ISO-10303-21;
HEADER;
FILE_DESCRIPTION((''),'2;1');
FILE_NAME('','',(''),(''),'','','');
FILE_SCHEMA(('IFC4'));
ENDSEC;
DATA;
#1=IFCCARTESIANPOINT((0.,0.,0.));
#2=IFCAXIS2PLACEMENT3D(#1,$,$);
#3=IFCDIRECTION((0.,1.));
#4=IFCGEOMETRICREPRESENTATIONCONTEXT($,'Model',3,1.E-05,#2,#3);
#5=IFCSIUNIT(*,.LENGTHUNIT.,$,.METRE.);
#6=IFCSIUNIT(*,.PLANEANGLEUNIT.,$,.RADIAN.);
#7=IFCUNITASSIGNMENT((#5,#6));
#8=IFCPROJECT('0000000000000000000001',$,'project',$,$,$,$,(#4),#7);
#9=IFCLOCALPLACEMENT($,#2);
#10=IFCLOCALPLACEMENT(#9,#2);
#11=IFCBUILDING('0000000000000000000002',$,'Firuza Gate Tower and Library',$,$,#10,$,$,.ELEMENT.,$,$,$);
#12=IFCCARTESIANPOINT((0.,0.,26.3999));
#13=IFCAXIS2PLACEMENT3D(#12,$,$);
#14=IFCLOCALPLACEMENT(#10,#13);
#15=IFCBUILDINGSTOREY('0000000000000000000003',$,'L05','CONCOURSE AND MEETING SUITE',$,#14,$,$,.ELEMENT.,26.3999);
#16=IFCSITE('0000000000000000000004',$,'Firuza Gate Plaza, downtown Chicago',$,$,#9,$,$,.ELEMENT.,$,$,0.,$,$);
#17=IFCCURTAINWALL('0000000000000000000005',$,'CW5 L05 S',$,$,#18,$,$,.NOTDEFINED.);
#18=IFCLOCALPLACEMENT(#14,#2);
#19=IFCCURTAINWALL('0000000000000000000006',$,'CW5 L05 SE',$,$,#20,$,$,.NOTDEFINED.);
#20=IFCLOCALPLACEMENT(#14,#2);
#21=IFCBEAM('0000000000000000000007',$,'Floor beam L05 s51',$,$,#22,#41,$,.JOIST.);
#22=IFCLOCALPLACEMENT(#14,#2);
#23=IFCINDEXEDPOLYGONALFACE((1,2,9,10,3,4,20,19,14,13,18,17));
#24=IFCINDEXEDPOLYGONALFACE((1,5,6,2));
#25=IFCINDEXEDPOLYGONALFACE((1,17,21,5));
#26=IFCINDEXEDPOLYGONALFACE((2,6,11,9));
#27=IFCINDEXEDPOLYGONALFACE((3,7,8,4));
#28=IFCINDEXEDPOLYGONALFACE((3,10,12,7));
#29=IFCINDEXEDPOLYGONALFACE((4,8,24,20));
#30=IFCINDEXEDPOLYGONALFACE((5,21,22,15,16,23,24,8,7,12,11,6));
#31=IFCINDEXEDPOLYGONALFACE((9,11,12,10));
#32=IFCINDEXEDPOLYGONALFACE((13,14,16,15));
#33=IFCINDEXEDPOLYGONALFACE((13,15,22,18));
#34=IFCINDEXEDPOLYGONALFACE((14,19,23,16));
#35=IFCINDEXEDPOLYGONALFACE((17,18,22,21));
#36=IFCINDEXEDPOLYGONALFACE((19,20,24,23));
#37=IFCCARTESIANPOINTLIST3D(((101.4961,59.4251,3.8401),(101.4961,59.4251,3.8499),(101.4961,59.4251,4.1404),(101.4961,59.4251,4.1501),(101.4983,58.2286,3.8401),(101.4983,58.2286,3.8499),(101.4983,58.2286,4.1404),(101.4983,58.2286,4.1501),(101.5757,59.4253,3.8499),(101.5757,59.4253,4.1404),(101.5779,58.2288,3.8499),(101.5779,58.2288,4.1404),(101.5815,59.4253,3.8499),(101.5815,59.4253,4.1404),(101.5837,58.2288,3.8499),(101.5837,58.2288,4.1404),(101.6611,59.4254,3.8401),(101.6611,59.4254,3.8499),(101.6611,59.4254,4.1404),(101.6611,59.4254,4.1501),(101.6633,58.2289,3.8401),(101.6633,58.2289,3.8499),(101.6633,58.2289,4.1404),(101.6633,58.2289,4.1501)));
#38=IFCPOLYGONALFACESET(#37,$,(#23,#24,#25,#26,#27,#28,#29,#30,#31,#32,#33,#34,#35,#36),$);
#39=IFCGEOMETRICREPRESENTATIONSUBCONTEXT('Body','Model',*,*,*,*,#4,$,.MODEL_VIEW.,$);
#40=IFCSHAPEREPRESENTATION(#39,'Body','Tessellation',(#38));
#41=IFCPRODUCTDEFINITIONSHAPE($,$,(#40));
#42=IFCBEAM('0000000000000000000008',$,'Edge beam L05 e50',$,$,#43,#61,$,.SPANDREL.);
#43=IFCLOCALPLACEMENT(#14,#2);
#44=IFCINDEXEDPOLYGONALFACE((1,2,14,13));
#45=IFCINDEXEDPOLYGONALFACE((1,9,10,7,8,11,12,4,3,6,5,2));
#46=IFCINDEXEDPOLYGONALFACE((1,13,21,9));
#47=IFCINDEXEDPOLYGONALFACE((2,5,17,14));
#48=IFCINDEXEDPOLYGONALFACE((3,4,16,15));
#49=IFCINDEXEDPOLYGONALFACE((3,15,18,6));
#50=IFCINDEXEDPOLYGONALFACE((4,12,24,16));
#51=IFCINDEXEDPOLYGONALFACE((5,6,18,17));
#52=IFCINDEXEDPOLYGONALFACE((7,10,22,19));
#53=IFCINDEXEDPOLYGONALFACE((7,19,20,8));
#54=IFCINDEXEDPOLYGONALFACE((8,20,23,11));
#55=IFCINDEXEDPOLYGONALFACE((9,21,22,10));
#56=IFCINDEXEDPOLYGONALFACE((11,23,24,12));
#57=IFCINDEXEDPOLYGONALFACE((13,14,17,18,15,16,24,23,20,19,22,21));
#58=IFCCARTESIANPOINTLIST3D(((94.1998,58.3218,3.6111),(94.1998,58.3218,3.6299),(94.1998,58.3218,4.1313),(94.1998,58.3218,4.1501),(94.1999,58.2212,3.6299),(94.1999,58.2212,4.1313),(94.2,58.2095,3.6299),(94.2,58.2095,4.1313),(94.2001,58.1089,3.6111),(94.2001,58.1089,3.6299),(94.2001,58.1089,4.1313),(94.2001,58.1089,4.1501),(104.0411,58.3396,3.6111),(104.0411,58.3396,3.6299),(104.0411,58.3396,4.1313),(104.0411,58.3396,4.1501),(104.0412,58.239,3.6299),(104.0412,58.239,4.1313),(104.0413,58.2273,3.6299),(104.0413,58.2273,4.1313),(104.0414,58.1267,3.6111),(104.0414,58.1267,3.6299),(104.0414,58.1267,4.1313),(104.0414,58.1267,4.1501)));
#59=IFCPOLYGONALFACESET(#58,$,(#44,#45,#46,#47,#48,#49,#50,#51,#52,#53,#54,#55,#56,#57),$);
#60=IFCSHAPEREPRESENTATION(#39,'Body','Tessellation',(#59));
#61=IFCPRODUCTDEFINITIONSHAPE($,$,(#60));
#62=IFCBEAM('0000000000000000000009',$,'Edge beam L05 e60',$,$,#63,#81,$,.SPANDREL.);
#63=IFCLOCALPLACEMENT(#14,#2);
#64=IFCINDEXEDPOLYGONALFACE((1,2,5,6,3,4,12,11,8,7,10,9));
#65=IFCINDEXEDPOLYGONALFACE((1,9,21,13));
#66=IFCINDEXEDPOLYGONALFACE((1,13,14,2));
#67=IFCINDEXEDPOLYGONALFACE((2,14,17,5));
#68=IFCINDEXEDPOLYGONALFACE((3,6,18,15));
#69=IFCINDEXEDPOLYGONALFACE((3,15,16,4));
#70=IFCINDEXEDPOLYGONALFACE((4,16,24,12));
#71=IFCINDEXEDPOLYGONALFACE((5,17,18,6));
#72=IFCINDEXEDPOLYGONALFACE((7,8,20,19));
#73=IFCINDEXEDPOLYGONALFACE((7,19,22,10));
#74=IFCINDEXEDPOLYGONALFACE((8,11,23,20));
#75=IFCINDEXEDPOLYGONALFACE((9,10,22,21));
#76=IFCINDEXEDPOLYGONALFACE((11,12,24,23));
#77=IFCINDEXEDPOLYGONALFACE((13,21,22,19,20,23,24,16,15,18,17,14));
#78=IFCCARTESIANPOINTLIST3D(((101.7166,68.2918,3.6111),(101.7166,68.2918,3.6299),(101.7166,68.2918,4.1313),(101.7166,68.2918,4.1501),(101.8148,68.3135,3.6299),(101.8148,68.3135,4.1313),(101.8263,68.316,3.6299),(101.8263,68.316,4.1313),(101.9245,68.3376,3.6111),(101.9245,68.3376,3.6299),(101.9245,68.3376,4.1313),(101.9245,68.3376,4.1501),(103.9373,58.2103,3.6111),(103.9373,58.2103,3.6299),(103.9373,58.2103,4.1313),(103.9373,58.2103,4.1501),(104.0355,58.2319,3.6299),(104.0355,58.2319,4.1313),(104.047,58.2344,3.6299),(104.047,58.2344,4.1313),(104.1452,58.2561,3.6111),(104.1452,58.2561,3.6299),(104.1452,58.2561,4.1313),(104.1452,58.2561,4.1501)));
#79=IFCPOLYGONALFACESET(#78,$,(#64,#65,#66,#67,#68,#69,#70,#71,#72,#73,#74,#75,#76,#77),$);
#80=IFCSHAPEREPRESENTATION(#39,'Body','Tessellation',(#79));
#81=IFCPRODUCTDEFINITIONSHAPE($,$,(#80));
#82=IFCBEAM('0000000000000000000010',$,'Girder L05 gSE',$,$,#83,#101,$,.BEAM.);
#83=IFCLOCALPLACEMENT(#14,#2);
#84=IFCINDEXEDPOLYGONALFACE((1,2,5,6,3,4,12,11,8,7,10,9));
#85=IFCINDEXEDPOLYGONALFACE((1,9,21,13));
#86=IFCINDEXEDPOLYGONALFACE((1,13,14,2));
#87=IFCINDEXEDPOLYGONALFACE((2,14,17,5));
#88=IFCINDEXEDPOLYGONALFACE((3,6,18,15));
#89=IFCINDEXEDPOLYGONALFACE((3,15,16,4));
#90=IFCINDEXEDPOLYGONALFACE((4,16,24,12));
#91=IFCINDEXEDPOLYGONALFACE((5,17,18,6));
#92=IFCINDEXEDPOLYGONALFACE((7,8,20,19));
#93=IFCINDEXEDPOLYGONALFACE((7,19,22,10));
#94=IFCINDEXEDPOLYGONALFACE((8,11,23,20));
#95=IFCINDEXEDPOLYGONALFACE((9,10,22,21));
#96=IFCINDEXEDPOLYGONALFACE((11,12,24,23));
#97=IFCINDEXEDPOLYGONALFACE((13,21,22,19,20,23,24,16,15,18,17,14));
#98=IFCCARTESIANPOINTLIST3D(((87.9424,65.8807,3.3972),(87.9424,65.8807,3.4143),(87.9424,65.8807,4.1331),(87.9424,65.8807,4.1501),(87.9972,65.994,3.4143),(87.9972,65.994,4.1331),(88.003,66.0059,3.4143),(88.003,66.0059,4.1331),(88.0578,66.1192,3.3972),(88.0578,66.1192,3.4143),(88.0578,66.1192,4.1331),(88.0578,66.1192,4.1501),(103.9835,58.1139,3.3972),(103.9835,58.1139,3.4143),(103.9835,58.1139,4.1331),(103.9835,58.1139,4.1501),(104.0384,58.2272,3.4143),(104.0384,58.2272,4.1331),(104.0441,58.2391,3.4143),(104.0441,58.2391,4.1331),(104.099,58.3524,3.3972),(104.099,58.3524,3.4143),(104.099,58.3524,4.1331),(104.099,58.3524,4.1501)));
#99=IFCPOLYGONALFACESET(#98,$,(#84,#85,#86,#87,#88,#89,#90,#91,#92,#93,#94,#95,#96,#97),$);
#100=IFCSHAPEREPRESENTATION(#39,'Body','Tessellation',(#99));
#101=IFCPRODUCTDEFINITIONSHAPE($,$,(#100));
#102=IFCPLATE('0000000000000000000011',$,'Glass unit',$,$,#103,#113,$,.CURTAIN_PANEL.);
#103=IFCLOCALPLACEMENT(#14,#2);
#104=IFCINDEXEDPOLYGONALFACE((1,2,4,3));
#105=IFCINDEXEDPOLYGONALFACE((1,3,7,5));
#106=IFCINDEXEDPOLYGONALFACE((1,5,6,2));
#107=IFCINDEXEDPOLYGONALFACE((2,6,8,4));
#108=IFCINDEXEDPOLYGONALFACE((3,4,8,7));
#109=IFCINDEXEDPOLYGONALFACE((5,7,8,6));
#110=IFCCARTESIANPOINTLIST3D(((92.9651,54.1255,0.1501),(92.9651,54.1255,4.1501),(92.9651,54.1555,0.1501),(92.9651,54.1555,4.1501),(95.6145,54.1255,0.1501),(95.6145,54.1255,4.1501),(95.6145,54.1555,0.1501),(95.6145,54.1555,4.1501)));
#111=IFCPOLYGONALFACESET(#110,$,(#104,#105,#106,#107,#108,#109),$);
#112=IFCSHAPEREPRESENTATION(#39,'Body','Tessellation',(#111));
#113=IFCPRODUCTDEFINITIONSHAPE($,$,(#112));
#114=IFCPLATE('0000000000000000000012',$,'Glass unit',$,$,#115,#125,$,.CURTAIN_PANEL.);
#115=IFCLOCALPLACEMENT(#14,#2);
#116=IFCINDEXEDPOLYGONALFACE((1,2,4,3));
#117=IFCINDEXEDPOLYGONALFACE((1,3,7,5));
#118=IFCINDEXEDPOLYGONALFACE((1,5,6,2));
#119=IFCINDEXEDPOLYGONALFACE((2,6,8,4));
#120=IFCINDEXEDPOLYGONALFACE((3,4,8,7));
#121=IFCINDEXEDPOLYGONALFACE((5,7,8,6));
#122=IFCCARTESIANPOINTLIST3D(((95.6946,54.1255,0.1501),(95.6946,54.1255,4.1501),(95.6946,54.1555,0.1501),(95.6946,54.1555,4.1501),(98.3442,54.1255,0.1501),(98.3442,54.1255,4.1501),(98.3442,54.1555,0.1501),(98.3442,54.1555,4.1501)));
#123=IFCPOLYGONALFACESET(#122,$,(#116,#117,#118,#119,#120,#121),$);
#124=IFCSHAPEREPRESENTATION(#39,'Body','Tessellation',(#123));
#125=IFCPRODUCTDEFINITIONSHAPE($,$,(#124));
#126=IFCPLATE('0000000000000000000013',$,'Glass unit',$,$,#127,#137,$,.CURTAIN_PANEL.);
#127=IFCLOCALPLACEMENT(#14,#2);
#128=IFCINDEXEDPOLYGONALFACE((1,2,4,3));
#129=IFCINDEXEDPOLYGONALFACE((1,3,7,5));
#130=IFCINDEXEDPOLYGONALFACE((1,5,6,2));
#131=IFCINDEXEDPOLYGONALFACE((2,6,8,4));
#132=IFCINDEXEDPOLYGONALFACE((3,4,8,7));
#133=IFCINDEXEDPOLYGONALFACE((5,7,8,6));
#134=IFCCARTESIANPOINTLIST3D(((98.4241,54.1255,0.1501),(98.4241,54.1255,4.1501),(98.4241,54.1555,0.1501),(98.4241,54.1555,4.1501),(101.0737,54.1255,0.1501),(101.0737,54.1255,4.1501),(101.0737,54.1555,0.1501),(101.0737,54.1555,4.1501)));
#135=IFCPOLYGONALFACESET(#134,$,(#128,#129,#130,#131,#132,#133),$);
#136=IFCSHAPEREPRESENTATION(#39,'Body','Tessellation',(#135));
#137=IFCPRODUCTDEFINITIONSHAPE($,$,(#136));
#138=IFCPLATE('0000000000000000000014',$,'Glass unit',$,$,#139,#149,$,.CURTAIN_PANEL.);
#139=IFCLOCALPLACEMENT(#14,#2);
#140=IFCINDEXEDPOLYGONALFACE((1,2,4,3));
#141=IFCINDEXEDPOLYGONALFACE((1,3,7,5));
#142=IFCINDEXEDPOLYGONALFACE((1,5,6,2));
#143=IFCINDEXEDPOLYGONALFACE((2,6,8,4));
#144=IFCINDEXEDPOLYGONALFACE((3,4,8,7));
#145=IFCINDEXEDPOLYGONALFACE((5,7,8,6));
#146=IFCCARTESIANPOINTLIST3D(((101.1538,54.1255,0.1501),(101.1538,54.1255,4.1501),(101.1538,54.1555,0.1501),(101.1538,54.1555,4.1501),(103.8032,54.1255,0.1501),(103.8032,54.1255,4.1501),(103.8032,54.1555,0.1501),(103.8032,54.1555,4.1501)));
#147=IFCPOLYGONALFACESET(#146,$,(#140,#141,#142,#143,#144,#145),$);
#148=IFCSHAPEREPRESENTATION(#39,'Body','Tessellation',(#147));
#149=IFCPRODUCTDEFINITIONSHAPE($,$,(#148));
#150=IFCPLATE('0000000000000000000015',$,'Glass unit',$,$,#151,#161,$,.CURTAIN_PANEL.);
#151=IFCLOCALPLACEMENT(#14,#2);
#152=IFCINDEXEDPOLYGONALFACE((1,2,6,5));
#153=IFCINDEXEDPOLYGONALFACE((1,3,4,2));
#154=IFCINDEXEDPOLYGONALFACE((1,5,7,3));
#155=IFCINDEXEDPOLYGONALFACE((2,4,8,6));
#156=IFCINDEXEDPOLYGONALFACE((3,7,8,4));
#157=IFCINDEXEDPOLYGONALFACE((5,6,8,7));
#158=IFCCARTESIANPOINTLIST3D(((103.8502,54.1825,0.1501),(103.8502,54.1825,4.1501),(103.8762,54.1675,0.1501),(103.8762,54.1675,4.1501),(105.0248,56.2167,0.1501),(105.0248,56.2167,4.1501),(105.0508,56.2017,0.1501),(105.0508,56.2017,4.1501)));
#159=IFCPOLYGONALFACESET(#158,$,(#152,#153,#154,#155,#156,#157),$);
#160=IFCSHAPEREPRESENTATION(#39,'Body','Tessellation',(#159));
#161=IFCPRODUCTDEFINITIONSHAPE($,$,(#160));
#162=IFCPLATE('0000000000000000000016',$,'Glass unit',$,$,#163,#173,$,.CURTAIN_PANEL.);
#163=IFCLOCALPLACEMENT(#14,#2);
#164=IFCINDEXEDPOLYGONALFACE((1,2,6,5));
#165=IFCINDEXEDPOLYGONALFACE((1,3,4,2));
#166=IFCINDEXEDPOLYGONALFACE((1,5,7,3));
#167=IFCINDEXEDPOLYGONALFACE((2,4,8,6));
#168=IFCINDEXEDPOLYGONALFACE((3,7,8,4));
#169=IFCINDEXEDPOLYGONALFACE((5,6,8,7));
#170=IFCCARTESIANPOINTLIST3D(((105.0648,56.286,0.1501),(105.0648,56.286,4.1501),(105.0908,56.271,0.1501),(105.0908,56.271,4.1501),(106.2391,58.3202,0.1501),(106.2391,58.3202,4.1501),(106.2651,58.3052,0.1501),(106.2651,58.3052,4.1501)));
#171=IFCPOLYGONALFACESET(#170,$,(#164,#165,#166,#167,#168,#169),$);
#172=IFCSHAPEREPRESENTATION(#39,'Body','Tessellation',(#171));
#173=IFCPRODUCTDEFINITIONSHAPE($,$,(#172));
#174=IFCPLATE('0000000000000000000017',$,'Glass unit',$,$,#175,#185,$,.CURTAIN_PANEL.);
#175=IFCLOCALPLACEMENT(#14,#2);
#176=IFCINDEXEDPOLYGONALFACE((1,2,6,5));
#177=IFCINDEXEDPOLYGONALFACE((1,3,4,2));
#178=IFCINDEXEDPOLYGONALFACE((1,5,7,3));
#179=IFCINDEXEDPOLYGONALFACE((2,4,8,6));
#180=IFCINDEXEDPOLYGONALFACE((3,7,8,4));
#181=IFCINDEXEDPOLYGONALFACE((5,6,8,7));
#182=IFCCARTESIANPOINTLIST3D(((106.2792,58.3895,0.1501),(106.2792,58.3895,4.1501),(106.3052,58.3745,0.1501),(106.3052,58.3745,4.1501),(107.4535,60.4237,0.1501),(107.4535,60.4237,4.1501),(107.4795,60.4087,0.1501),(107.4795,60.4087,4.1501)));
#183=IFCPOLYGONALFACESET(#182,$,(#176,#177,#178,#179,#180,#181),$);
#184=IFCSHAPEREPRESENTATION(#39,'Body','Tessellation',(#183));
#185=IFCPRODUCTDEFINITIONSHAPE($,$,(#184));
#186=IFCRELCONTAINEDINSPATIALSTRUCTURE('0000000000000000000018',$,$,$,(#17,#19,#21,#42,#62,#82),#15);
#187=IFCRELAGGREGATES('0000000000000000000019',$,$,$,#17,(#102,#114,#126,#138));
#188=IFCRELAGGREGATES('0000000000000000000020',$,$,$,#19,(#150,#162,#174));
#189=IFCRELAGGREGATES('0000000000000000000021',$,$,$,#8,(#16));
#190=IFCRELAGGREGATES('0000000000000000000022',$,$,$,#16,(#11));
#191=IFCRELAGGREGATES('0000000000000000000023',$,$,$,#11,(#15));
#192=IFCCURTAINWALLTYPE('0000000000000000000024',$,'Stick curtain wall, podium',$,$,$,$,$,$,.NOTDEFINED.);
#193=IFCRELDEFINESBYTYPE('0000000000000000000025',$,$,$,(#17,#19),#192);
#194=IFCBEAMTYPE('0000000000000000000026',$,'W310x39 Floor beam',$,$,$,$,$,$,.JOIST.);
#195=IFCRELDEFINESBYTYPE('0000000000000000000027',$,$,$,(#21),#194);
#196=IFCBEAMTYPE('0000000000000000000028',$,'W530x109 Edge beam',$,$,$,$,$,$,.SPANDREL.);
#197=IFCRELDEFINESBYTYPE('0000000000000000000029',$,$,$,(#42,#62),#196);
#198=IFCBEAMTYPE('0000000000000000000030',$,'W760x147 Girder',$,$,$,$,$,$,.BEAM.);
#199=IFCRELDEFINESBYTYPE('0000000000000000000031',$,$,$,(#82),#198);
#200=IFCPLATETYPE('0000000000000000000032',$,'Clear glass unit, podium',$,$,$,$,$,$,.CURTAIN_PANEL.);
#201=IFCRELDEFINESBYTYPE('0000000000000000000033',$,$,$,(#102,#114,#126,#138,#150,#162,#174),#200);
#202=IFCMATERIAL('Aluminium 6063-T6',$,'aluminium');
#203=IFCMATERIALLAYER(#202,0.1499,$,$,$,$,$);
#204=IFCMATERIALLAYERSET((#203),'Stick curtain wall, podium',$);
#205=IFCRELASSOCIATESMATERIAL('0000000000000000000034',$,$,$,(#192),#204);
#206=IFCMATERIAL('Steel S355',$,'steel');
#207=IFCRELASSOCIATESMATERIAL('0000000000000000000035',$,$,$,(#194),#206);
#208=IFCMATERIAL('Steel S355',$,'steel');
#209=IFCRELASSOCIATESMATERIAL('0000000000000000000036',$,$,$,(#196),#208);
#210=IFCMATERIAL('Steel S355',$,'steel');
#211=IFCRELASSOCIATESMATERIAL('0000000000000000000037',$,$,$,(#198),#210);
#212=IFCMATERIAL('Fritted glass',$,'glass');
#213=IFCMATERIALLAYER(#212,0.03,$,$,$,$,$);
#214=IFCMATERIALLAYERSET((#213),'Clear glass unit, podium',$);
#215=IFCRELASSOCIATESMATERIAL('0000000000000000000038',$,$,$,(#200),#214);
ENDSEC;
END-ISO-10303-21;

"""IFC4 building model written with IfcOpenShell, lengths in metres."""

from ifc_helpers import new_model, si_unit, direction, frame, origin, origin_2d, place, context, subcontext, project, spatial, polyline, i_section, outline, extrude, material, layer, layer_set, material_profile, profile_set, type_object, element, aggregate, save


model = new_model("IFC4")

# Units and contexts
model_context = context("Model", 3, precision=1e-05, world=origin(), true_north=direction((0.0, 1.0)))
body_context = subcontext(model_context, "Body", "Model", "MODEL_VIEW")
ifc_project = project(units=[si_unit("LENGTHUNIT", "METRE"), si_unit("PLANEANGLEUNIT", "RADIAN")], contexts=[model_context])

# Site, building, storey
site_placement = place(None, origin())
site = spatial("IfcSite", under=ifc_project, at=site_placement, Name="Firuza Gate Plaza, downtown Chicago", CompositionType="ELEMENT", RefElevation=0.0)
building_placement = place(site_placement, origin())
building = spatial("IfcBuilding", under=site, at=building_placement, Name="Firuza Gate Tower and Library", CompositionType="ELEMENT")
storey_placement = place(building_placement, frame((0.0, 0.0, 26.3999)))
storey = spatial("IfcBuildingStorey", under=building, at=storey_placement, Name="L05", Description="CONCOURSE AND MEETING SUITE", CompositionType="ELEMENT", Elevation=26.3999)

# Curtain walls
ifc_material_1 = material(Name="Aluminium 6063-T6", Category="aluminium")
ifc_layer_1 = layer(ifc_material_1, 0.1499)
ifc_layer_set_1 = layer_set([ifc_layer_1], Name="Stick curtain wall, podium")
curtain_wall_type = type_object("IfcCurtainWallType", Name="Stick curtain wall, podium", PredefinedType="NOTDEFINED", material=ifc_layer_set_1)
placement = place(storey_placement, origin())
curtain_wall_1 = element("IfcCurtainWall", 1, at=placement, inside=storey, type_object=curtain_wall_type, Name="CW5 L05 S", PredefinedType="NOTDEFINED")
curtain_wall_2 = element("IfcCurtainWall", 2, at=placement, inside=storey, type_object=curtain_wall_type, Name="CW5 L05 SE", PredefinedType="NOTDEFINED")

# Beams
ifc_material_2 = material(Name="Steel S355", Category="steel")
ifc_material_profile_1 = material_profile(ifc_material_2, i_section(OverallWidth=0.165, OverallDepth=0.3101, WebThickness=0.0059, FlangeThickness=0.0098, at=origin_2d()))
ifc_profile_set_1 = profile_set([ifc_material_profile_1], Name="Steel S355")
beam_type_1 = type_object("IfcBeamType", Name="W310x39 Floor beam", PredefinedType="JOIST", material=ifc_profile_set_1)
beam_1_placement = place(storey_placement, frame((101.5808, 58.2288, 3.9951), z_axis=(-0.001836, 0.999998, 0.0), x_axis=(-0.999998, -0.001836, 0.0)))
element("IfcBeam", 3, at=beam_1_placement, inside=storey, type_object=beam_type_1, Name="Floor beam L05 s51", PredefinedType="JOIST", context=body_context, shape_type="SweptSolid", body=[
    extrude(i_section(OverallWidth=0.165, OverallDepth=0.3101, WebThickness=0.0059, FlangeThickness=0.0098, at=origin_2d()), origin(), (0.0, 0.0, 1.0), 1.1965),
])
ifc_material_3 = material(Name="Steel S355", Category="steel")
ifc_material_profile_2 = material_profile(ifc_material_3, i_section(OverallWidth=0.2129, OverallDepth=0.5391, WebThickness=0.0117, FlangeThickness=0.0188, at=origin_2d()))
ifc_profile_set_2 = profile_set([ifc_material_profile_2], Name="Steel S355")
beam_type_2 = type_object("IfcBeamType", Name="W530x109 Edge beam", PredefinedType="SPANDREL", material=ifc_profile_set_2)
beam_2_placement = place(storey_placement, frame((94.2, 58.2153, 3.8806), z_axis=(0.999998, 0.001811, 0.0), x_axis=(-0.001811, 0.999998, 0.0)))
element("IfcBeam", 4, at=beam_2_placement, inside=storey, type_object=beam_type_2, Name="Edge beam L05 e50", PredefinedType="SPANDREL", context=body_context, shape_type="SweptSolid", body=[
    extrude(i_section(OverallWidth=0.2129, OverallDepth=0.5391, WebThickness=0.0117, FlangeThickness=0.0188, at=origin_2d()), origin(), (0.0, 0.0, 1.0), 9.8413),
])
beam_3_placement = place(storey_placement, frame((104.0413, 58.2332, 3.8806), z_axis=(-0.215117, 0.976588, 0.0), x_axis=(-0.976588, -0.215117, 0.0)))
element("IfcBeam", 5, at=beam_3_placement, inside=storey, type_object=beam_type_2, Name="Edge beam L05 e60", PredefinedType="SPANDREL", context=body_context, shape_type="SweptSolid", body=[
    extrude(i_section(OverallWidth=0.2129, OverallDepth=0.5391, WebThickness=0.0117, FlangeThickness=0.0188, at=origin_2d()), origin(), (0.0, 0.0, 1.0), 10.3232),
])
ifc_material_4 = material(Name="Steel S355", Category="steel")
ifc_material_profile_3 = material_profile(ifc_material_4, i_section(OverallWidth=0.2649, OverallDepth=0.7529, WebThickness=0.0132, FlangeThickness=0.0171, at=origin_2d()))
ifc_profile_set_3 = profile_set([ifc_material_profile_3], Name="Steel S355")
beam_type_3 = type_object("IfcBeamType", Name="W760x147 Girder", PredefinedType="BEAM", material=ifc_profile_set_3)
beam_4_placement = place(storey_placement, frame((104.0413, 58.2332, 3.7737), z_axis=(-0.90005, 0.435786, 0.0), x_axis=(-0.435786, -0.90005, 0.0)))
element("IfcBeam", 6, at=beam_4_placement, inside=storey, type_object=beam_type_3, Name="Girder L05 gSE", PredefinedType="BEAM", context=body_context, shape_type="SweptSolid", body=[
    extrude(i_section(OverallWidth=0.2649, OverallDepth=0.7529, WebThickness=0.0132, FlangeThickness=0.0171, at=origin_2d()), origin(), (0.0, 0.0, 1.0), 17.8225),
])

# Plates
ifc_material_5 = material(Name="Fritted glass", Category="glass")
ifc_layer_2 = layer(ifc_material_5, 0.03)
ifc_layer_set_2 = layer_set([ifc_layer_2], Name="Clear glass unit, podium")
plate_type = type_object("IfcPlateType", Name="Clear glass unit, podium", PredefinedType="CURTAIN_PANEL", material=ifc_layer_set_2)
plate_1_placement = place(storey_placement, frame((92.9651, 54.1255, 0.1501), z_axis=(0.0, -1.0, 0.0), x_axis=(1.0, 0.0, 0.0)))
plate_1 = element("IfcPlate", 7, at=plate_1_placement, type_object=plate_type, Name="Glass unit", PredefinedType="CURTAIN_PANEL", context=body_context, shape_type="SweptSolid", body=[
    extrude(outline(polyline([(0.0, 0.0), (2.6494, 0.0), (2.6494, 4.0), (0.0, 4.0), (0.0, 0.0)])), origin(), (0.0, 0.0, -1.0), 0.03),
])
plate_2_placement = place(storey_placement, frame((95.6946, 54.1255, 0.1501), z_axis=(0.0, -1.0, 0.0), x_axis=(1.0, 0.0, 0.0)))
plate_2 = element("IfcPlate", 8, at=plate_2_placement, type_object=plate_type, Name="Glass unit", PredefinedType="CURTAIN_PANEL", context=body_context, shape_type="SweptSolid", body=[
    extrude(outline(polyline([(0.0, 0.0), (2.6497, 0.0), (2.6497, 4.0), (0.0, 4.0), (0.0, 0.0)])), origin(), (0.0, 0.0, -1.0), 0.03),
])
plate_3_placement = place(storey_placement, frame((98.4241, 54.1255, 0.1501), z_axis=(0.0, -1.0, 0.0), x_axis=(1.0, 0.0, 0.0)))
plate_3 = element("IfcPlate", 9, at=plate_3_placement, type_object=plate_type, Name="Glass unit", PredefinedType="CURTAIN_PANEL", context=body_context, shape_type="SweptSolid", body=[
    extrude(outline(polyline([(0.0, 0.0), (2.6497, 0.0), (2.6497, 4.0), (0.0, 4.0), (0.0, 0.0)])), origin(), (0.0, 0.0, -1.0), 0.03),
])
plate_4_placement = place(storey_placement, frame((101.1538, 54.1255, 0.1501), z_axis=(0.0, -1.0, 0.0), x_axis=(1.0, 0.0, 0.0)))
plate_4 = element("IfcPlate", 10, at=plate_4_placement, type_object=plate_type, Name="Glass unit", PredefinedType="CURTAIN_PANEL", context=body_context, shape_type="SweptSolid", body=[
    extrude(outline(polyline([(0.0, 0.0), (2.6494, 0.0), (2.6494, 4.0), (0.0, 4.0), (0.0, 0.0)])), origin(), (0.0, 0.0, -1.0), 0.03),
])
aggregate(curtain_wall_1, [plate_1, plate_2, plate_3, plate_4])
plate_5_placement = place(storey_placement, frame((103.8762, 54.1675, 0.1501), z_axis=(0.866002, -0.50004, 0.0), x_axis=(0.50004, 0.866002, 0.0)))
plate_5 = element("IfcPlate", 11, at=plate_5_placement, type_object=plate_type, Name="Glass unit", PredefinedType="CURTAIN_PANEL", context=body_context, shape_type="SweptSolid", body=[
    extrude(outline(polyline([(0.0, 0.0), (2.3489, 0.0), (2.3489, 4.0), (0.0, 4.0), (0.0, 0.0)])), origin(), (0.0, 0.0, -1.0), 0.03),
])
plate_6_placement = place(storey_placement, frame((105.0908, 56.271, 0.1501), z_axis=(0.866047, -0.499962, 0.0), x_axis=(0.499962, 0.866047, 0.0)))
plate_6 = element("IfcPlate", 12, at=plate_6_placement, type_object=plate_type, Name="Glass unit", PredefinedType="CURTAIN_PANEL", context=body_context, shape_type="SweptSolid", body=[
    extrude(outline(polyline([(0.0, 0.0), (2.3488, 0.0), (2.3488, 4.0), (0.0, 4.0), (0.0, 0.0)])), origin(), (0.0, 0.0, -1.0), 0.03),
])
plate_7_placement = place(storey_placement, frame((106.3052, 58.3745, 0.1501), z_axis=(0.866047, -0.499962, 0.0), x_axis=(0.499962, 0.866047, 0.0)))
plate_7 = element("IfcPlate", 13, at=plate_7_placement, type_object=plate_type, Name="Glass unit", PredefinedType="CURTAIN_PANEL", context=body_context, shape_type="SweptSolid", body=[
    extrude(outline(polyline([(0.0, 0.0), (2.3488, 0.0), (2.3488, 4.0), (0.0, 4.0), (0.0, 0.0)])), origin(), (0.0, 0.0, -1.0), 0.03),
])
aggregate(curtain_wall_2, [plate_5, plate_6, plate_7])

save(model, "model.ifc")
